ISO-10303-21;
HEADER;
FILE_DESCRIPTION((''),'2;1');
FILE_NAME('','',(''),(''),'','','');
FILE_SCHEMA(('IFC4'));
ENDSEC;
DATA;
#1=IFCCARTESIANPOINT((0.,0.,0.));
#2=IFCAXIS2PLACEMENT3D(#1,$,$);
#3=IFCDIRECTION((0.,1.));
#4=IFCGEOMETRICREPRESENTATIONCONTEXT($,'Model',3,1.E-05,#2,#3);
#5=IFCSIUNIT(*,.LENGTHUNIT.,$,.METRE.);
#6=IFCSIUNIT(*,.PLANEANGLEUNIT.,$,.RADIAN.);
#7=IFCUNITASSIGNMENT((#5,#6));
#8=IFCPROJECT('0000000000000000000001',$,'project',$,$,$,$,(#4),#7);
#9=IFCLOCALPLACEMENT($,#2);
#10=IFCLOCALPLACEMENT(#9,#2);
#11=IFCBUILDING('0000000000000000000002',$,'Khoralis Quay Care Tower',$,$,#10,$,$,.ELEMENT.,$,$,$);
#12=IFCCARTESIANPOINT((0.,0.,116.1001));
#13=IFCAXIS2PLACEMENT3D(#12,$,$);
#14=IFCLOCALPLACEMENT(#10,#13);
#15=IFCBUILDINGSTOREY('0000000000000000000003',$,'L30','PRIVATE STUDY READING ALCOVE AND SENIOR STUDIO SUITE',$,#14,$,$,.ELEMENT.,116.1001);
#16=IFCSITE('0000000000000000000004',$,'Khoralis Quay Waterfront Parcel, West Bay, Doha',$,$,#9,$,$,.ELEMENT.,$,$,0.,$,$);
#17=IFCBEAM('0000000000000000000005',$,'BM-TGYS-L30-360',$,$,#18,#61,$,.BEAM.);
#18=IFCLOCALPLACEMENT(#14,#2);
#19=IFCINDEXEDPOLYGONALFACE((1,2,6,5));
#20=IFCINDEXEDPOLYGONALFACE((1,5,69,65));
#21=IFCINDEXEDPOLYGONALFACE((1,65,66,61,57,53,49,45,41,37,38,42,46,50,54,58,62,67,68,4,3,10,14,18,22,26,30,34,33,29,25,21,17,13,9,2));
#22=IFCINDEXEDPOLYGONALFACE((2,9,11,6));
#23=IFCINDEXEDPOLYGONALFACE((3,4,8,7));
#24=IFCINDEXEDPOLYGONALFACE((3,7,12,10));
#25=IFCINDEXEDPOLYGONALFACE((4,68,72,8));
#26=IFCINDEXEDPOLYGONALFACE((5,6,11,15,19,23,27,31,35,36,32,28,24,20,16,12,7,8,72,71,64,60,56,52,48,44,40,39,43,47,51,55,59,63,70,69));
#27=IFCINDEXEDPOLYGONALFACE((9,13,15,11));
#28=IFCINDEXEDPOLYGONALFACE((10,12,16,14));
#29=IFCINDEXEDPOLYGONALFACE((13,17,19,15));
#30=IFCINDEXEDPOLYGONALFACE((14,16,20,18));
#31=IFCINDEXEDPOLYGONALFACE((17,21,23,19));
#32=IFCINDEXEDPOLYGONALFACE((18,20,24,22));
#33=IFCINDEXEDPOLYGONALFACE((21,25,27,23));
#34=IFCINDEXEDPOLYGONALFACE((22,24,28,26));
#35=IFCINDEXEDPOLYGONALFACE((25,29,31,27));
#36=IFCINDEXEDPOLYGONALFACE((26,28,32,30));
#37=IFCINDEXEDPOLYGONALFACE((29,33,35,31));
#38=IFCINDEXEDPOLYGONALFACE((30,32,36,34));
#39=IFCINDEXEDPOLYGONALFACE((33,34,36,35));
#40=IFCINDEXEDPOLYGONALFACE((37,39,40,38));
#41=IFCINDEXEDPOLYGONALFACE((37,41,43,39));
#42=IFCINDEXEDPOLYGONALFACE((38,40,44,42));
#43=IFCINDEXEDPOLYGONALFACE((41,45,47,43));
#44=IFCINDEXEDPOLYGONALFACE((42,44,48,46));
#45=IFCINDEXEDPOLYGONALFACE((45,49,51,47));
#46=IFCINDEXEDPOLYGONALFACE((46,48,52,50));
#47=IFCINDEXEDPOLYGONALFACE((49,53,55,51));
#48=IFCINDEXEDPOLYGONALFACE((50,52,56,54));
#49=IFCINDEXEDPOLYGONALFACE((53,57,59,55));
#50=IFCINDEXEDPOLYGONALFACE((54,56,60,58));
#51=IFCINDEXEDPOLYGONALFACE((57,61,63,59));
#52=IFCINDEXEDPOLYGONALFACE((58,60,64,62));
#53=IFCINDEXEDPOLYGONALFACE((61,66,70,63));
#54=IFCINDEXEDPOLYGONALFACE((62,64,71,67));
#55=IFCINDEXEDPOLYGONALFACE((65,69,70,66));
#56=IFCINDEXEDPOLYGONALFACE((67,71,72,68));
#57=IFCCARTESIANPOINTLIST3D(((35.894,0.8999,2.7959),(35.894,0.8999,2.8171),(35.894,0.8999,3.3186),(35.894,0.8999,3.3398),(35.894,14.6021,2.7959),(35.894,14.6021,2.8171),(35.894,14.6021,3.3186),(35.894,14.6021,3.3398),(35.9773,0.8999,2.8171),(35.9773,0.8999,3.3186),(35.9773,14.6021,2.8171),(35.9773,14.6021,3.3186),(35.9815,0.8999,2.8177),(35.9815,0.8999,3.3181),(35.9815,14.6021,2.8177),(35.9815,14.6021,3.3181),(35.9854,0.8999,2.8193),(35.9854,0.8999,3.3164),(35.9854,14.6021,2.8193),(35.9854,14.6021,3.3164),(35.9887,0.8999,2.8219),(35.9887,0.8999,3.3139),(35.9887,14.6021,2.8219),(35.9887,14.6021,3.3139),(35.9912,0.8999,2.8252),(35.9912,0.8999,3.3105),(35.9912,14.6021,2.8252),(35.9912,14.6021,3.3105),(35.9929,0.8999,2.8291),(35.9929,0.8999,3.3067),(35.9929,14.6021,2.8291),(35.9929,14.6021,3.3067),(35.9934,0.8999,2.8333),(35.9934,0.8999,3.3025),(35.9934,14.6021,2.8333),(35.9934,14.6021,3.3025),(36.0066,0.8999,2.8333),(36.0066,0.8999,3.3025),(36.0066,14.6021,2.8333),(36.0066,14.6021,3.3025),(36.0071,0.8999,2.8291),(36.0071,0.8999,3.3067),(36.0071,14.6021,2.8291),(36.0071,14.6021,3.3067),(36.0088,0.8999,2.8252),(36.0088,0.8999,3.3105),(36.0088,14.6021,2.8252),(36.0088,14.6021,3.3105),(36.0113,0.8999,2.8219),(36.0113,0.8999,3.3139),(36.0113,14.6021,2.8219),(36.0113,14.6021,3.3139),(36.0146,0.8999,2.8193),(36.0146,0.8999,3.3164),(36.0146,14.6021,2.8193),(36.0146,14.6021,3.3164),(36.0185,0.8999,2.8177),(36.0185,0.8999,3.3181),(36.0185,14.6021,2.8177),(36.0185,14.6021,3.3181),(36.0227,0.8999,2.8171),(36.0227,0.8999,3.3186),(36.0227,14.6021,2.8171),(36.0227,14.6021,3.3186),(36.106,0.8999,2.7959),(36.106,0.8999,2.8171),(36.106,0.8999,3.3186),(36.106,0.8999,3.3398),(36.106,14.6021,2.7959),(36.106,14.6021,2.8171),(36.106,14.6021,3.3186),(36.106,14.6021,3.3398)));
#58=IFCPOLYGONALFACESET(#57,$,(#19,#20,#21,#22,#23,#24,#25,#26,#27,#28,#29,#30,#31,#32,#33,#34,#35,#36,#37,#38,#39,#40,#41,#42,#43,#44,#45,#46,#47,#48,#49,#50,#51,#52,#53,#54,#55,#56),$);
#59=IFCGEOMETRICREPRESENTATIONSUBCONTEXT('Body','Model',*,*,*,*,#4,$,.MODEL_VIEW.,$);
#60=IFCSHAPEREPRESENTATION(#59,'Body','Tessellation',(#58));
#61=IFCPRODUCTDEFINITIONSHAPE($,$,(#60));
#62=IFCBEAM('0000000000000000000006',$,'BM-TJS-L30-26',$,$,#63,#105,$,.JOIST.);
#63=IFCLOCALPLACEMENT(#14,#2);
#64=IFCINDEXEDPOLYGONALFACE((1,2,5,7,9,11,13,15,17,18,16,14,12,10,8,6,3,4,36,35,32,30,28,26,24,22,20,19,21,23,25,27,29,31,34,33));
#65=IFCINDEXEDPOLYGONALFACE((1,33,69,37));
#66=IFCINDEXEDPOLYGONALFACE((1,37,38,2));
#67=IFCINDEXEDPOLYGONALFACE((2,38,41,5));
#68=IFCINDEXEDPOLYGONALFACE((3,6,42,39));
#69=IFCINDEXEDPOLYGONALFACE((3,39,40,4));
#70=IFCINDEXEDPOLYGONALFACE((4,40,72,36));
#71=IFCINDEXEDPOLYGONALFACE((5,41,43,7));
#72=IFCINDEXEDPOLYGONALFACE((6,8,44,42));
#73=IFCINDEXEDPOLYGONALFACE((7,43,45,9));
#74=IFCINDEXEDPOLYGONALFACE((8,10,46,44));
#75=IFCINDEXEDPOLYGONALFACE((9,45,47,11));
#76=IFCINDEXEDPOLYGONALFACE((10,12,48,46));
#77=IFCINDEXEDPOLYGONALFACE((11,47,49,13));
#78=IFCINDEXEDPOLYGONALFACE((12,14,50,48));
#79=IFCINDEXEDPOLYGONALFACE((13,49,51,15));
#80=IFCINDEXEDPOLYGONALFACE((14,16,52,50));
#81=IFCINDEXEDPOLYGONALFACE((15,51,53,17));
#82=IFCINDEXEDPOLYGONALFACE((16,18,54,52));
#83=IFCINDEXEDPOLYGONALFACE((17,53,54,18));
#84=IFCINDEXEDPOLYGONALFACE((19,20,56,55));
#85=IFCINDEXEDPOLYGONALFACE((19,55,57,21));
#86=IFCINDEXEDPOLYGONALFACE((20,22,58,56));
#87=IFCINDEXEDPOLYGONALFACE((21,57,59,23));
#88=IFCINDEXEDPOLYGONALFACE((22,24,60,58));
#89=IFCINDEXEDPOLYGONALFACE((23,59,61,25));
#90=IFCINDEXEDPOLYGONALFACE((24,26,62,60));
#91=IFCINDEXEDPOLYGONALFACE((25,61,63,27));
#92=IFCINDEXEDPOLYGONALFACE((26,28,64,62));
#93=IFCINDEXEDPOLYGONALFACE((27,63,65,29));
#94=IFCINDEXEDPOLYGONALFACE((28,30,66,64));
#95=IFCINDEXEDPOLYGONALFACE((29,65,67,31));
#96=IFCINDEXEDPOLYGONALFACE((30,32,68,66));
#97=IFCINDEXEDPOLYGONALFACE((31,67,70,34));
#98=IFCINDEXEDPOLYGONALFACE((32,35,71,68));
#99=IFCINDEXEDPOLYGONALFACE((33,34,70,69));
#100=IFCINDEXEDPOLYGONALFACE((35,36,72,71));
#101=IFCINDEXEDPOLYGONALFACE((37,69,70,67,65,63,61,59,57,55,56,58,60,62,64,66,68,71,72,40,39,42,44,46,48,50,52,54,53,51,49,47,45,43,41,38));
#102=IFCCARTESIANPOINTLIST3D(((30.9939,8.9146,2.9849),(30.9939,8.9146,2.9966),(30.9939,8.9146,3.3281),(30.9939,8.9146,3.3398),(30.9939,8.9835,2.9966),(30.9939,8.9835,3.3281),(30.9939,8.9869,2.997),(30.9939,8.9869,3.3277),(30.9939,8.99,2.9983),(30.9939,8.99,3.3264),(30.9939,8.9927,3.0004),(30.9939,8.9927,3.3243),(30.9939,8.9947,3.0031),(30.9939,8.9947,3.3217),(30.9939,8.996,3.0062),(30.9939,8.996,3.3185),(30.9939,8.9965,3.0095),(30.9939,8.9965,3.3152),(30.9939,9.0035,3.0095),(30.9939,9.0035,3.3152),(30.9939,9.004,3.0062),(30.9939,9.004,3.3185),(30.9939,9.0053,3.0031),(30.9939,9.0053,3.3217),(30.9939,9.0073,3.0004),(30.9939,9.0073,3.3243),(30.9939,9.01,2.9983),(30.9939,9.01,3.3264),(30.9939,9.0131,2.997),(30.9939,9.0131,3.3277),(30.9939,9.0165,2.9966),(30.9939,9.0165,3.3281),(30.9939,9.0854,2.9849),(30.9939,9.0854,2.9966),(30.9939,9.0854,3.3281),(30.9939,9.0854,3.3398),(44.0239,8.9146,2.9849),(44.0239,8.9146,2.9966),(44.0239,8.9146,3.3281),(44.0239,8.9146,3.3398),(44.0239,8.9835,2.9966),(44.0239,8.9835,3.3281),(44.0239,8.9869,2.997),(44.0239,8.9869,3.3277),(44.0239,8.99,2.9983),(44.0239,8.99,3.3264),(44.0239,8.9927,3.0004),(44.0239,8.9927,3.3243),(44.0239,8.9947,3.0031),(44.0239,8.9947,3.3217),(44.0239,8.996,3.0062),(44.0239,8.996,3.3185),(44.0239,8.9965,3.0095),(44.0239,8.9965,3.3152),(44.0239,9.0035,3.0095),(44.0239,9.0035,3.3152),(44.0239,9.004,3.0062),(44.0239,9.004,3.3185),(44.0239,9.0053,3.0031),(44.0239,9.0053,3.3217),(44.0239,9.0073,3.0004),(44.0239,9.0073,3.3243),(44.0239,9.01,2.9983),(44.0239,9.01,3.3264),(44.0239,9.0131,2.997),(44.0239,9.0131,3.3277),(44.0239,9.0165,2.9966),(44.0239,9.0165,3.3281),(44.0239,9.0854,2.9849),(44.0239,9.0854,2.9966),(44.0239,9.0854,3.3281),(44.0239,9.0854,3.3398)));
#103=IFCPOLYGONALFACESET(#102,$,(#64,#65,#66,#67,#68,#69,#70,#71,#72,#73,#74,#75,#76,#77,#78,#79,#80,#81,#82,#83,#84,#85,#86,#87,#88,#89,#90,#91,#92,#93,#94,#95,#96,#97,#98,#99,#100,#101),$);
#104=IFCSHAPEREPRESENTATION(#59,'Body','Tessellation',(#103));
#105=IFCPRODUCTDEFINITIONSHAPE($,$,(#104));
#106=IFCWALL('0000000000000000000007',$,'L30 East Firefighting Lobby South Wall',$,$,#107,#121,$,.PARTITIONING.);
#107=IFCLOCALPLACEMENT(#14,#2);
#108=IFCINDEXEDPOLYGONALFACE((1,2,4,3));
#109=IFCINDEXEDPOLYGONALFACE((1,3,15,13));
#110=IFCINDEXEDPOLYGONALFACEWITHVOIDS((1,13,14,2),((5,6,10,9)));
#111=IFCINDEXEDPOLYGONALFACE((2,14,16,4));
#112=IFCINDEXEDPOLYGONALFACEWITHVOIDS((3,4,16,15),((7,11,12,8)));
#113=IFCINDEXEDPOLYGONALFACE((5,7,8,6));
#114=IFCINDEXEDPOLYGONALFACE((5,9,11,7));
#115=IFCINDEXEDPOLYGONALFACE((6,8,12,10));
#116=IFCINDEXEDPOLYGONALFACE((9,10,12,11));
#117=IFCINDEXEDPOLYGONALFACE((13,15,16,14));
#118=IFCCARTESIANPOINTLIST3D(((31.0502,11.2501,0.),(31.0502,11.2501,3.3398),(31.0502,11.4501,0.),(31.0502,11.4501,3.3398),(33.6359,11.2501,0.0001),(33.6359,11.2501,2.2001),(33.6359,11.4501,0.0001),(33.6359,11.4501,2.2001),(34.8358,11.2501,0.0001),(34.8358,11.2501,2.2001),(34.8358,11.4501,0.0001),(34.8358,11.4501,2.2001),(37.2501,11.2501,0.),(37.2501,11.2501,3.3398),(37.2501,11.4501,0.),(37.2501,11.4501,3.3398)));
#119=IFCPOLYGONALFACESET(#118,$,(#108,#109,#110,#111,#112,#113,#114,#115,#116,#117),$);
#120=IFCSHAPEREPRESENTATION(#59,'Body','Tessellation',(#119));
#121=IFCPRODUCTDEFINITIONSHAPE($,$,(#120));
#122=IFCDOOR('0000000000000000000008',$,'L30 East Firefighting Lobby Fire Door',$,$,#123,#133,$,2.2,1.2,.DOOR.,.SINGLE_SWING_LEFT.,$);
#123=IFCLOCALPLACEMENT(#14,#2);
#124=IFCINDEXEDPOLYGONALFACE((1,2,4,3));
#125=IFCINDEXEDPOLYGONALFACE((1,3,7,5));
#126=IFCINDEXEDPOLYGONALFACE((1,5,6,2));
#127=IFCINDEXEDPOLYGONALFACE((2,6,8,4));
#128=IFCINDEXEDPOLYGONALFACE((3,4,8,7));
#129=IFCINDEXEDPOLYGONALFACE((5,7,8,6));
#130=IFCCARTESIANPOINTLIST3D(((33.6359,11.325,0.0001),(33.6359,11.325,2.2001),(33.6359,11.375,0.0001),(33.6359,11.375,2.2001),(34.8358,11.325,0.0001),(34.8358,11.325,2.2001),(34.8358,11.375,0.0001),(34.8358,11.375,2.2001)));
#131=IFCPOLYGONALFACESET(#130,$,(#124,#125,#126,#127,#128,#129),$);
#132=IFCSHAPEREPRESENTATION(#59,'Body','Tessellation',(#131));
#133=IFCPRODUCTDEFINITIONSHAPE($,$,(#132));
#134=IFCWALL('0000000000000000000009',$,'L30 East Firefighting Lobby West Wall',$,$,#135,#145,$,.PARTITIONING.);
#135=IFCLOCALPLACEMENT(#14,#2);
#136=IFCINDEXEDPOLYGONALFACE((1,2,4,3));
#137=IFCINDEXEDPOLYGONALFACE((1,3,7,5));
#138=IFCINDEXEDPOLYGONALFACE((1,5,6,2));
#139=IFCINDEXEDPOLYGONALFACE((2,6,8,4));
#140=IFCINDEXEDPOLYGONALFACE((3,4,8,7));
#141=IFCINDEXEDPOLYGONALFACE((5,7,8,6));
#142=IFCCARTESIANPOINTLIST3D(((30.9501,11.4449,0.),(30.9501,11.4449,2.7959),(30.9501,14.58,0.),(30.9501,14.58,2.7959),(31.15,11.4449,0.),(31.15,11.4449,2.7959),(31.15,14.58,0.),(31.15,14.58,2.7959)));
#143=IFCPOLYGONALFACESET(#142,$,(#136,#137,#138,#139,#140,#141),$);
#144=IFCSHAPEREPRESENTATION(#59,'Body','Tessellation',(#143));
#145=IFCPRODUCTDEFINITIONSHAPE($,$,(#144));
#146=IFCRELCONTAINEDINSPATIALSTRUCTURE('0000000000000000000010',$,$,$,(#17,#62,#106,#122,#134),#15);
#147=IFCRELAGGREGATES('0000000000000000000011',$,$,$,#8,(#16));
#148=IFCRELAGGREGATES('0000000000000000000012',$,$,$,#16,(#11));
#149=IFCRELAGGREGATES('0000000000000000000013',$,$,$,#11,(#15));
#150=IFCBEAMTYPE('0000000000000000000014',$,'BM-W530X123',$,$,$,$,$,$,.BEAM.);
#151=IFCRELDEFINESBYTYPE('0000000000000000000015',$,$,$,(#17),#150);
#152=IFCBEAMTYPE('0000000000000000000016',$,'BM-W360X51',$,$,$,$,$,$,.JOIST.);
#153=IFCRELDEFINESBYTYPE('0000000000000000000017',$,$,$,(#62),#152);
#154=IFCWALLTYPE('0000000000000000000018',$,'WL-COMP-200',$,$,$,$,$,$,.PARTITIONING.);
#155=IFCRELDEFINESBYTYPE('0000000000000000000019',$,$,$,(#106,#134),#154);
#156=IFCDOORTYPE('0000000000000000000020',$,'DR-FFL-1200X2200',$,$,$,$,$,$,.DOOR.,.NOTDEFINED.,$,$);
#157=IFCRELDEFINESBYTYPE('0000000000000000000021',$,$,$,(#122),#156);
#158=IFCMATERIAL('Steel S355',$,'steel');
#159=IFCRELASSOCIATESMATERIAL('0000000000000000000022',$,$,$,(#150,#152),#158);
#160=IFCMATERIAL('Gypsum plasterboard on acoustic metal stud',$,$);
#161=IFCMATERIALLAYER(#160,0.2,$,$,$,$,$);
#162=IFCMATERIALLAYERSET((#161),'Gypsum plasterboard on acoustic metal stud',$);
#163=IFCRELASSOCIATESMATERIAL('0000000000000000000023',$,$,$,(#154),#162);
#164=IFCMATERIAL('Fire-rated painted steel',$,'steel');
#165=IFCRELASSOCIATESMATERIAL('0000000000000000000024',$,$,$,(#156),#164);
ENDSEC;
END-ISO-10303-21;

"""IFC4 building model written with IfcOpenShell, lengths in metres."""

from ifc_helpers import new_model, si_unit, direction, frame, frame_2d, origin, origin_2d, place, context, subcontext, project, spatial, rectangle, i_section, extrude, source, transform, mapped, material, layer, layer_set, material_profile, profile_set, type_object, element, fill, save


model = new_model("IFC4")

# Units and contexts
model_context = context("Model", 3, precision=1e-05, world=origin(), true_north=direction((0.0, 1.0)))
body_context = subcontext(model_context, "Body", "Model", "MODEL_VIEW")
ifc_project = project(units=[si_unit("LENGTHUNIT", "METRE"), si_unit("PLANEANGLEUNIT", "RADIAN")], contexts=[model_context])

# Site, building, storey
site_placement = place(None, origin())
site = spatial("IfcSite", under=ifc_project, at=site_placement, Name="Khoralis Quay Waterfront Parcel, West Bay, Doha", CompositionType="ELEMENT", RefElevation=0.0)
building_placement = place(site_placement, origin())
building = spatial("IfcBuilding", under=site, at=building_placement, Name="Khoralis Quay Care Tower", CompositionType="ELEMENT")
storey_placement = place(building_placement, frame((0.0, 0.0, 116.1001)))
storey = spatial("IfcBuildingStorey", under=building, at=storey_placement, Name="L30", Description="PRIVATE STUDY READING ALCOVE AND SENIOR STUDIO SUITE", CompositionType="ELEMENT", Elevation=116.1001)

# Beams
ifc_material_1 = material(Name="Steel S355", Category="steel")
ifc_material_profile_1 = material_profile(ifc_material_1, i_section(OverallWidth=0.2119, OverallDepth=0.5439, WebThickness=0.0132, FlangeThickness=0.0212, FilletRadius=0.0161, at=origin_2d()), Name="Steel S355")
ifc_profile_set_1 = profile_set([ifc_material_profile_1], Name="Steel S355")
beam_type_1 = type_object("IfcBeamType", Name="BM-W530X123", PredefinedType="BEAM", material=ifc_profile_set_1)
shared_shape_1 = source(origin(), body_context, "Body", "SweptSolid", [
    extrude(i_section(OverallWidth=0.2119, OverallDepth=0.5439, WebThickness=0.0132, FlangeThickness=0.0212, FilletRadius=0.0161, at=origin_2d()), origin(), (0.0, 0.0, 1.0), 13.7021),
])
beam_1_placement = place(storey_placement, frame((36.0, 0.8999, 3.0679), z_axis=(0.0, 1.0, 0.0), x_axis=(-1.0, 0.0, 0.0)))
element("IfcBeam", 1, at=beam_1_placement, inside=storey, type_object=beam_type_1, Name="BM-TGYS-L30-360", PredefinedType="BEAM", context=body_context, shape_type="MappedRepresentation", body=[
    mapped(shared_shape_1, transform((0.0, 0.0, 0.0), scale=1.0)),
])
ifc_material_profile_2 = material_profile(ifc_material_1, i_section(OverallWidth=0.1709, OverallDepth=0.355, WebThickness=0.0071, FlangeThickness=0.0117, FilletRadius=0.0129, at=origin_2d()), Name="Steel S355")
ifc_profile_set_2 = profile_set([ifc_material_profile_2], Name="Steel S355")
beam_type_2 = type_object("IfcBeamType", Name="BM-W360X51", PredefinedType="JOIST", material=ifc_profile_set_2)
shared_shape_2 = source(origin(), body_context, "Body", "SweptSolid", [
    extrude(i_section(OverallWidth=0.1709, OverallDepth=0.355, WebThickness=0.0071, FlangeThickness=0.0117, FilletRadius=0.0129, at=origin_2d()), origin(), (0.0, 0.0, 1.0), 13.03),
])
beam_2_placement = place(storey_placement, frame((30.9939, 9.0, 3.1624), z_axis=(1.0, 0.0, 0.0), x_axis=(0.0, 1.0, 0.0)))
element("IfcBeam", 2, at=beam_2_placement, inside=storey, type_object=beam_type_2, Name="BM-TJS-L30-26", PredefinedType="JOIST", context=body_context, shape_type="MappedRepresentation", body=[
    mapped(shared_shape_2, transform((0.0, 0.0, 0.0), scale=1.0)),
])

# Wall, opening, door
ifc_material_2 = material(Name="Gypsum plasterboard on acoustic metal stud")
ifc_layer_1 = layer(ifc_material_2, 0.2)
ifc_layer_set_1 = layer_set([ifc_layer_1], Name="Gypsum plasterboard on acoustic metal stud")
wall_type_1 = type_object("IfcWallType", Name="WL-COMP-200", PredefinedType="PARTITIONING", material=ifc_layer_set_1)
wall_1_placement = place(storey_placement, frame((31.05, 11.3501, 0.0), z_axis=(0.0, 0.0, 1.0), x_axis=(1.0, 0.0, 0.0)))
wall_1 = element("IfcWall", 3, at=wall_1_placement, inside=storey, type_object=wall_type_1, Name="L30 East Firefighting Lobby South Wall", PredefinedType="PARTITIONING", context=body_context, shape_type="SweptSolid", body=[
    extrude(rectangle(XDim=6.2, YDim=0.2, at=frame_2d((3.1001, 0.0))), origin(), (0.0, 0.0, 1.0), 3.3398),
])
opening_1_placement = place(wall_1_placement, frame((2.5857, 0.0, 0.0)))
opening_1 = element("IfcOpeningElement", 4, at=opening_1_placement, cuts=wall_1, PredefinedType="OPENING", context=body_context, shape_type="SweptSolid", body=[
    extrude(rectangle(XDim=1.2, YDim=2.2, at=frame_2d((0.6001, 1.1001))), frame((0.0, 0.1099, 0.0), z_axis=(0.0, -1.0, 0.0), x_axis=(1.0, 0.0, 0.0)), (0.0, 0.0, 1.0), 0.22),
])
ifc_material_3 = material(Name="Fire-rated painted steel", Category="steel")
door_type_1 = type_object("IfcDoorType", Name="DR-FFL-1200X2200", OperationType="NOTDEFINED", PredefinedType="DOOR", material=ifc_material_3)
shared_shape_3 = source(origin(), body_context, "Body", "SweptSolid", [
    extrude(rectangle(XDim=1.2, YDim=2.2, at=frame_2d((0.6001, 1.1001))), frame((0.0, 0.0249, 0.0), z_axis=(0.0, -1.0, 0.0), x_axis=(1.0, 0.0, 0.0)), (0.0, 0.0, 1.0), 0.05),
])
door_1_placement = place(opening_1_placement, origin())
door_1 = element("IfcDoor", 5, at=door_1_placement, inside=storey, type_object=door_type_1, Name="L30 East Firefighting Lobby Fire Door", OperationType="SINGLE_SWING_LEFT", OverallHeight=2.2, OverallWidth=1.2, PredefinedType="DOOR", context=body_context, shape_type="MappedRepresentation", body=[
    mapped(shared_shape_3, transform((0.0, 0.0, 0.0), scale=1.0)),
])
fill(opening_1, door_1)

# Wall
wall_2_placement = place(storey_placement, frame((31.05, 11.4451, 0.0), z_axis=(0.0, 0.0, 1.0), x_axis=(0.0, 1.0, 0.0)))
element("IfcWall", 6, at=wall_2_placement, inside=storey, type_object=wall_type_1, Name="L30 East Firefighting Lobby West Wall", PredefinedType="PARTITIONING", context=body_context, shape_type="SweptSolid", body=[
    extrude(rectangle(XDim=3.135, YDim=0.2, at=frame_2d((1.5674, 0.0))), origin(), (0.0, 0.0, 1.0), 2.7959),
])

save(model, "model.ifc")
